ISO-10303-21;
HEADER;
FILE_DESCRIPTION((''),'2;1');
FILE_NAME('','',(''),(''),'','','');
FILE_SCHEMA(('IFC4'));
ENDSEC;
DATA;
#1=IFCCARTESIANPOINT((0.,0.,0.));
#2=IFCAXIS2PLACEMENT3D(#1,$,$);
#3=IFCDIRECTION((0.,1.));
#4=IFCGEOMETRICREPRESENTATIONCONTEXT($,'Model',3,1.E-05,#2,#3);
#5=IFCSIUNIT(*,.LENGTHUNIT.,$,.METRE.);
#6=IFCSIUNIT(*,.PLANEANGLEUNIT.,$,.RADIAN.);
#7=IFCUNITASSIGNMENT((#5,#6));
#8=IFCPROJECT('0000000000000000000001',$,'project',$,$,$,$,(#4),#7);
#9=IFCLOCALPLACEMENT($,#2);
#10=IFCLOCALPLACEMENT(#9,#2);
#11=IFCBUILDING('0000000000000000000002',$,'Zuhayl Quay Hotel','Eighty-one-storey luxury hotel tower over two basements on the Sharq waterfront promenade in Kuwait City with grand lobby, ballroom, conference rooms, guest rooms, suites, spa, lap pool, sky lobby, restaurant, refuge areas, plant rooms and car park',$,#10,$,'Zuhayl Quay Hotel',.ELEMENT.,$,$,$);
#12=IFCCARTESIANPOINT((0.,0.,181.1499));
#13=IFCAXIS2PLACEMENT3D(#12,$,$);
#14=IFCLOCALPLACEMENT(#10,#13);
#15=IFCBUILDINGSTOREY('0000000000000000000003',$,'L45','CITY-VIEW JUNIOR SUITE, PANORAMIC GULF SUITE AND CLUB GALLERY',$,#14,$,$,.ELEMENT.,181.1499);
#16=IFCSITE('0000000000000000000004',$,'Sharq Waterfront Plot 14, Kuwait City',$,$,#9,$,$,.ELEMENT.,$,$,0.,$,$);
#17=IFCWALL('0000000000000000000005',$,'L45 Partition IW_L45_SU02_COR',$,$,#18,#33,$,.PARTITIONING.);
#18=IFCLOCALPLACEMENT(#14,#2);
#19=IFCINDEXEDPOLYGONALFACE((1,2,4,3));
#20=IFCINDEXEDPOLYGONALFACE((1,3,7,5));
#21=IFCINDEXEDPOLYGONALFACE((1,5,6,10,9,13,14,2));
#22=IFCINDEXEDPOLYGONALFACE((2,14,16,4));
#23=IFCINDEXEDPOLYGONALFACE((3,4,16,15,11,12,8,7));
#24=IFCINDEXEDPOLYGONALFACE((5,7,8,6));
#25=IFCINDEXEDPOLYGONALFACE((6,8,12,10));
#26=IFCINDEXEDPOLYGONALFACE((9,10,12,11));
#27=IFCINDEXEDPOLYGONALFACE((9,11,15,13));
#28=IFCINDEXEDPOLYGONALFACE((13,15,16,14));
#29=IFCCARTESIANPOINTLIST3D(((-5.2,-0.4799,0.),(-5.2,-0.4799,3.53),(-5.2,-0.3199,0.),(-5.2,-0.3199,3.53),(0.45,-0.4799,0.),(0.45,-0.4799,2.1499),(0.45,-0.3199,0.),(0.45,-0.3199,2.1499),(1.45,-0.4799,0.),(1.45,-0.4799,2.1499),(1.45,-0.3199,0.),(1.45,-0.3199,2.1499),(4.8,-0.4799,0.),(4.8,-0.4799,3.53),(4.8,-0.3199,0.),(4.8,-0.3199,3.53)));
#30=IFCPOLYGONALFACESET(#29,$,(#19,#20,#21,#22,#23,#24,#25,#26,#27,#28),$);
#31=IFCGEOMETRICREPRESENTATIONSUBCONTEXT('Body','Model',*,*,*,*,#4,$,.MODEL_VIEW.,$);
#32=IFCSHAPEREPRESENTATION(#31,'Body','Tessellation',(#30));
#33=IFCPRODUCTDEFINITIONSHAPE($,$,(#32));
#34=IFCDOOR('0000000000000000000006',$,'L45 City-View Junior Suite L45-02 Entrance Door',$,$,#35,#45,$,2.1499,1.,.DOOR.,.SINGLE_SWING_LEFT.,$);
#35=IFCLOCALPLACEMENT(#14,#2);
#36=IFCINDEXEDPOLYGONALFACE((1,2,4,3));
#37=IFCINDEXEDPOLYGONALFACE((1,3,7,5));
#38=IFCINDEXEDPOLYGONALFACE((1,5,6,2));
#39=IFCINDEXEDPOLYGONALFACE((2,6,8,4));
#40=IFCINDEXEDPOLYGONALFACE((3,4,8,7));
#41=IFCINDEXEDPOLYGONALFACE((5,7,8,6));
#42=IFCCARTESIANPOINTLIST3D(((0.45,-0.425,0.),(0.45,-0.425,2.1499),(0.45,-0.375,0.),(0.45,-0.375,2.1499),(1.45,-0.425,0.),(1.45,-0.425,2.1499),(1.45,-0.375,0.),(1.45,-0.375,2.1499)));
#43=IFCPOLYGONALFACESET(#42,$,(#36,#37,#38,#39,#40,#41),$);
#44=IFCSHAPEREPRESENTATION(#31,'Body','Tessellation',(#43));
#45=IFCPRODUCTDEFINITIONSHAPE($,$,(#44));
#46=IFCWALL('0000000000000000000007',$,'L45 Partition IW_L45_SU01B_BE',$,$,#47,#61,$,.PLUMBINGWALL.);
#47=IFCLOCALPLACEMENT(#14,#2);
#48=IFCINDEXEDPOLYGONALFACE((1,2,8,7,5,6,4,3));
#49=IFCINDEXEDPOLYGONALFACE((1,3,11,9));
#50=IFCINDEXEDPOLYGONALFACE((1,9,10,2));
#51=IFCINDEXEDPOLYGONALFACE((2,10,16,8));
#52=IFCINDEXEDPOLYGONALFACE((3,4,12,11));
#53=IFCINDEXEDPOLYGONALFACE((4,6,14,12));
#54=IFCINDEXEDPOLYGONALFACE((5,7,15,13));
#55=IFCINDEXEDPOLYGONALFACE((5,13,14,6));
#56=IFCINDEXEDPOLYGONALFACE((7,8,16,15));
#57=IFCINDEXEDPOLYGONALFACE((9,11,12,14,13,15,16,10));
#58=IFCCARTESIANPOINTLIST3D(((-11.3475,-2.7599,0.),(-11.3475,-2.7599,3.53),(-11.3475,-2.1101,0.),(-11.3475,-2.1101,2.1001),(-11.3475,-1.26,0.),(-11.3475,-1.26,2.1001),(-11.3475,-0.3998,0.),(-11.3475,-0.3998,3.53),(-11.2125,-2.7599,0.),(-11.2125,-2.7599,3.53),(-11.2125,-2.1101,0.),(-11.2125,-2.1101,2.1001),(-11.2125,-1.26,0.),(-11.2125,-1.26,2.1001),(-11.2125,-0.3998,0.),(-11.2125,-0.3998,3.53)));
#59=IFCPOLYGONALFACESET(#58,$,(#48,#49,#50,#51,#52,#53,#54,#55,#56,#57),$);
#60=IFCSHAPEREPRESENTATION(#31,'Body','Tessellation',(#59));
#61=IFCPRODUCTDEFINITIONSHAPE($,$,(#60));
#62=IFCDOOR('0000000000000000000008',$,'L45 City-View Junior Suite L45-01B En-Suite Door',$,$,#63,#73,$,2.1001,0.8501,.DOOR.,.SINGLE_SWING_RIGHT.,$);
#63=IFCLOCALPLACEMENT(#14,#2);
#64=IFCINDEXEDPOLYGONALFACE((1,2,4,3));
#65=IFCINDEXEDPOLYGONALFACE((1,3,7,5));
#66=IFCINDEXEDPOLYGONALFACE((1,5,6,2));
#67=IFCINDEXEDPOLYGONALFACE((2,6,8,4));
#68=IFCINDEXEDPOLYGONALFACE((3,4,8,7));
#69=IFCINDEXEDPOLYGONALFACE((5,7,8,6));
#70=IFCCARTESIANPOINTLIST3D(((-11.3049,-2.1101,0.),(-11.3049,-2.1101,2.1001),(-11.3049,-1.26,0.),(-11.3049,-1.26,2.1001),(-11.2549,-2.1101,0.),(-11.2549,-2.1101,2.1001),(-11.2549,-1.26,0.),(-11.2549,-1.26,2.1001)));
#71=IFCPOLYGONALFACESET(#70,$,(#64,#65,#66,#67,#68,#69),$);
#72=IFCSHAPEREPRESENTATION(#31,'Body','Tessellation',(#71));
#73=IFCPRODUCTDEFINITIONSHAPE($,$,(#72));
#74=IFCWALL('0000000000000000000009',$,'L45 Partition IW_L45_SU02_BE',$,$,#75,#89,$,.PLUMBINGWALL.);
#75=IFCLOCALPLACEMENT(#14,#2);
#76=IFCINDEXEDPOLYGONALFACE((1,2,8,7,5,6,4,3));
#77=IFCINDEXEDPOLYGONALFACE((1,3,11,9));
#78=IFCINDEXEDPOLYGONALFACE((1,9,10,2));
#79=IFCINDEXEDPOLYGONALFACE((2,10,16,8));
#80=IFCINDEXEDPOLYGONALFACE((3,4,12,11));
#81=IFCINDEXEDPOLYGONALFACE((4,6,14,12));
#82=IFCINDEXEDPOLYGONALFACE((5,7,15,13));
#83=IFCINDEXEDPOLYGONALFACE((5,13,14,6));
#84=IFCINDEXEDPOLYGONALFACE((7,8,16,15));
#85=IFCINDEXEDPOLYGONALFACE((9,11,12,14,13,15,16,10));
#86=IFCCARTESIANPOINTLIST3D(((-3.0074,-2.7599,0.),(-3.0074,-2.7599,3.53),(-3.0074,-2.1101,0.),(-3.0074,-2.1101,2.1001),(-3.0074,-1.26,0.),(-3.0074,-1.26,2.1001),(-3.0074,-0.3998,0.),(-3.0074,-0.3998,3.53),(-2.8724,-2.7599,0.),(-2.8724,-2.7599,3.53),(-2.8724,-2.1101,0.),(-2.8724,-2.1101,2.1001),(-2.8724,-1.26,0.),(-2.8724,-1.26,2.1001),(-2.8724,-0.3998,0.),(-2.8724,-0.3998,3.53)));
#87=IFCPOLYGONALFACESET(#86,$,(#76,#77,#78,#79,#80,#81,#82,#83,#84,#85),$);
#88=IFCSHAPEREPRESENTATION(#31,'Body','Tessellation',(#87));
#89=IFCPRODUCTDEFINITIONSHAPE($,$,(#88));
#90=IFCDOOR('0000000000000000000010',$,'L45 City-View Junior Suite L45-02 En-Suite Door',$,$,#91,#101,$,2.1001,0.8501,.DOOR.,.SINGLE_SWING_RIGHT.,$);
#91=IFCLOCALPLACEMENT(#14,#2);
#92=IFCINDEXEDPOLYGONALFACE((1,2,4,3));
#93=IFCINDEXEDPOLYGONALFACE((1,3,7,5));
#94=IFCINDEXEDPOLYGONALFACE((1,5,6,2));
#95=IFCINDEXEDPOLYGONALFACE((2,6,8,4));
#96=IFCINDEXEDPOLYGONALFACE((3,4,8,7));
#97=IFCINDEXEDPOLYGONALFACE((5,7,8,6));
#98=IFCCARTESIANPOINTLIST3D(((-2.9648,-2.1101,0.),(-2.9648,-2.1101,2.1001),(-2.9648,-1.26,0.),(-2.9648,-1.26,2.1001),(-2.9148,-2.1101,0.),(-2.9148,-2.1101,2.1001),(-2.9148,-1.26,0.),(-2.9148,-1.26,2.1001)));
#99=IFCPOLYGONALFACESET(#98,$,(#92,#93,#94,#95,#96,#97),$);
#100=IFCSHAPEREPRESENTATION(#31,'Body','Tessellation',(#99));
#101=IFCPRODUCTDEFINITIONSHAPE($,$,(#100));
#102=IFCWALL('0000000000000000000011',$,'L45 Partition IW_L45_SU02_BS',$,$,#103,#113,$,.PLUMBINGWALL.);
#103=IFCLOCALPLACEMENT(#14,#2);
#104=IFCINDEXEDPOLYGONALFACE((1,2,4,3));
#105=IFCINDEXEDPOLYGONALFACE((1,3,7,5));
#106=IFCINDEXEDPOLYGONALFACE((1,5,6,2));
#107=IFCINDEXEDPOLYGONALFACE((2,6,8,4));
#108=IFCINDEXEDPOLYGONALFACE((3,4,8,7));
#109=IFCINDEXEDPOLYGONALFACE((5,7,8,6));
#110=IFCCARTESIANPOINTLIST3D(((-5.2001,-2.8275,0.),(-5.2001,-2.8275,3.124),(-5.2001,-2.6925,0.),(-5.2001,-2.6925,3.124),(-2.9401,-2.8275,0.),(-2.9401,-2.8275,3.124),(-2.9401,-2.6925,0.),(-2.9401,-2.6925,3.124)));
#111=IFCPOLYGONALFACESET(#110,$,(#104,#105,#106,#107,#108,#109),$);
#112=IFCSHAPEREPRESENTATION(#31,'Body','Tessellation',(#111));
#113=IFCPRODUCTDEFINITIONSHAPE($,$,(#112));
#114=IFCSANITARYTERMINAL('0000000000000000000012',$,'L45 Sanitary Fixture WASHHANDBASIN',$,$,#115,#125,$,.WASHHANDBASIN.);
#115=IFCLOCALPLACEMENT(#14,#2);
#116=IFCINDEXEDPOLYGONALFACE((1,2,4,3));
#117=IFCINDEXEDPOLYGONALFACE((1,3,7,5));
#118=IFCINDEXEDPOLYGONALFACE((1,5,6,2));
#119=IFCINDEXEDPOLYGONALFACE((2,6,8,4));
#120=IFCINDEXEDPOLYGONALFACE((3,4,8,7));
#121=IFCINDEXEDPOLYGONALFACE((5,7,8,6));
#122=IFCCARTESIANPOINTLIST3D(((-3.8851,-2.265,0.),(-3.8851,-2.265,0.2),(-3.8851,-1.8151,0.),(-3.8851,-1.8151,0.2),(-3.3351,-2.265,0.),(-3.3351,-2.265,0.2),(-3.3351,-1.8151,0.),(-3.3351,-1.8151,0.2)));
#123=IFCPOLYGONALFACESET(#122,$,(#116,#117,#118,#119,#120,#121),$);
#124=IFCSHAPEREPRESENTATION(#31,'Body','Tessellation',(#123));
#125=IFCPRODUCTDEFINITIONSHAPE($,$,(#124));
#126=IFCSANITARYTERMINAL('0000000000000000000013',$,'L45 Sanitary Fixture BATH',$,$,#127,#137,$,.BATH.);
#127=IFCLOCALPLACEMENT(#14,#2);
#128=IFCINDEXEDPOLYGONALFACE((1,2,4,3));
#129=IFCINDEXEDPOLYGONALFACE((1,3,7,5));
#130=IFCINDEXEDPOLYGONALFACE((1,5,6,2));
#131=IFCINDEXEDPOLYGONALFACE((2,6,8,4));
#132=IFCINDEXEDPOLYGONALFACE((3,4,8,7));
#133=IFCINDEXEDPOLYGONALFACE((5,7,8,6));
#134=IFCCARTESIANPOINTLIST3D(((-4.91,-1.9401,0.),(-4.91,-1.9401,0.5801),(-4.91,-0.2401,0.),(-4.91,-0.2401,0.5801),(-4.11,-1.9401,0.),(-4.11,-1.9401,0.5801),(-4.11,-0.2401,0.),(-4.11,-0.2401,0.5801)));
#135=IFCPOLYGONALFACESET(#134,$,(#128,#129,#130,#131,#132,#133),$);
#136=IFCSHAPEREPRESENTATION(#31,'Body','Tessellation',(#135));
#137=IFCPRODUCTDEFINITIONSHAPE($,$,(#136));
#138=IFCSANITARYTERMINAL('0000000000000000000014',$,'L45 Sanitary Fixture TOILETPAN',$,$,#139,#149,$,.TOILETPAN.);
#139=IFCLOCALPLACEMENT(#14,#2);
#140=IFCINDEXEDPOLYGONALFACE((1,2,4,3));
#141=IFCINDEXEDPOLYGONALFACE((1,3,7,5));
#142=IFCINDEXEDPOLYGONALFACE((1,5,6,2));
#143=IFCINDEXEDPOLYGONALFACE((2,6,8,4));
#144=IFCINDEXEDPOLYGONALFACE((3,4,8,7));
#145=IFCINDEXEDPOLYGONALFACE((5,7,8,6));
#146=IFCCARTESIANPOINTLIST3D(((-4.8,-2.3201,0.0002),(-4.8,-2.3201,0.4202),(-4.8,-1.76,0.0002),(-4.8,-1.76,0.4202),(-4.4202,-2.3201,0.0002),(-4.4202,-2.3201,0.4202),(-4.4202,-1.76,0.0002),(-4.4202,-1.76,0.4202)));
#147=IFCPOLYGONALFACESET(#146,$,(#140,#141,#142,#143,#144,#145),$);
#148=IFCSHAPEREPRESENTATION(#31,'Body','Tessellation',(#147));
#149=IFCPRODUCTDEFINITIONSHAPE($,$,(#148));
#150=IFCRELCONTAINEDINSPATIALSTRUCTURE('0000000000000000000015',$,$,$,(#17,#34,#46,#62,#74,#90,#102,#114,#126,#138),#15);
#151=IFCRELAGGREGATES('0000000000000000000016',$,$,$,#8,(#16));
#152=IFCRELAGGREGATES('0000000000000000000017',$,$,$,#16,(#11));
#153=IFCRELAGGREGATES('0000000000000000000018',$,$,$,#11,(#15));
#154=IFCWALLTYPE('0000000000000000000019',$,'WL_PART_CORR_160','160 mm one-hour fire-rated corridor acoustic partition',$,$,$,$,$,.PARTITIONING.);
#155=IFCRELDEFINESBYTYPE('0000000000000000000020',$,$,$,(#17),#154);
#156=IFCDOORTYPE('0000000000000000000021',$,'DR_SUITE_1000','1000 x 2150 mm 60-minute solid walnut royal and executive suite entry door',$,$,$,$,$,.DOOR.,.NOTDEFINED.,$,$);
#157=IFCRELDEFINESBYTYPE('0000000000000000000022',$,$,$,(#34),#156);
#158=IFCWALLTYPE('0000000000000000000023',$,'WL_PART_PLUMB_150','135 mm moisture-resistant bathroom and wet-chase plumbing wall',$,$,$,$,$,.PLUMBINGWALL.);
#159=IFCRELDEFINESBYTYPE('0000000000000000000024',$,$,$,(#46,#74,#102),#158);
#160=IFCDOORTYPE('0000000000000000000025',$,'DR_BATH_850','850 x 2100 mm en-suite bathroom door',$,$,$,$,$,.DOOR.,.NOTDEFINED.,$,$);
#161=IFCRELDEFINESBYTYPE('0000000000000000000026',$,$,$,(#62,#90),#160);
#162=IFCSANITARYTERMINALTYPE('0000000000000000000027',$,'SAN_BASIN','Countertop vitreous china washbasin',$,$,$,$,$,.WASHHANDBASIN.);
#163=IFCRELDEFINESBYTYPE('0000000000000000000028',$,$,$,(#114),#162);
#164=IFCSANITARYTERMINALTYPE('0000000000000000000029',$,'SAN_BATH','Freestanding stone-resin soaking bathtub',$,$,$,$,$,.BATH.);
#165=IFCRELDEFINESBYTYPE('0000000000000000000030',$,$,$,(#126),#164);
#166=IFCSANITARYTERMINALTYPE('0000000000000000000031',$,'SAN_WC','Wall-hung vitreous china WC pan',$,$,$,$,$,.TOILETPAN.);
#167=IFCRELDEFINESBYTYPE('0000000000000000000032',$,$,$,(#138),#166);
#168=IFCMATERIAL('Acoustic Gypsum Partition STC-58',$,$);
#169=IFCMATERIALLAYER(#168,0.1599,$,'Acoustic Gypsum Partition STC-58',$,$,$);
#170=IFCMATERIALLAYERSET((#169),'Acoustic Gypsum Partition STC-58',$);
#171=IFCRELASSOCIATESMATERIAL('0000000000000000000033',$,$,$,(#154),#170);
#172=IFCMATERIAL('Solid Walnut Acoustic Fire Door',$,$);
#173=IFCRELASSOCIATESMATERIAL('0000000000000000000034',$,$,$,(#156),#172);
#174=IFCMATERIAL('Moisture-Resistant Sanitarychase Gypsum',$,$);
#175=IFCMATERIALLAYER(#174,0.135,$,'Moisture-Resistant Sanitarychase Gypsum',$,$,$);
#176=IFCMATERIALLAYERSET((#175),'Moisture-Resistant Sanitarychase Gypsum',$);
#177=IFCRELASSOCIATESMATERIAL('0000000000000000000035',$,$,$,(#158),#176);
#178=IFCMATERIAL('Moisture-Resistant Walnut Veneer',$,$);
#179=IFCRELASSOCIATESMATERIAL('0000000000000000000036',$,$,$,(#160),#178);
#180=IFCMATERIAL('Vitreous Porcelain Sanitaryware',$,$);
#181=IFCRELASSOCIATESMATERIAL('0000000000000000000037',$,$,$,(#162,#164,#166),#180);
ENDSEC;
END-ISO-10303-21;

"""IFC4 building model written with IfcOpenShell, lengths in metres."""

from ifc_helpers import new_model, si_unit, direction, frame, frame_2d, origin, origin_2d, place, context, subcontext, project, spatial, rectangle, extrude, material, layer, layer_set, type_object, element, fill, save


model = new_model("IFC4")

# Units and contexts
model_context = context("Model", 3, precision=1e-05, world=origin(), true_north=direction((0.0, 1.0)))
body_context = subcontext(model_context, "Body", "Model", "MODEL_VIEW")
ifc_project = project(units=[si_unit("LENGTHUNIT", "METRE"), si_unit("PLANEANGLEUNIT", "RADIAN")], contexts=[model_context])

# Site, building, storey
site_placement = place(None, origin())
site = spatial("IfcSite", under=ifc_project, at=site_placement, Name="Sharq Waterfront Plot 14, Kuwait City", CompositionType="ELEMENT", RefElevation=0.0)
building_placement = place(site_placement, origin())
building = spatial("IfcBuilding", under=site, at=building_placement, Name="Zuhayl Quay Hotel", Description="Eighty-one-storey luxury hotel tower over two basements on the Sharq waterfront promenade in Kuwait City with grand lobby, ballroom, conference rooms, guest rooms, suites, spa, lap pool, sky lobby, restaurant, refuge areas, plant rooms and car park", LongName="Zuhayl Quay Hotel", CompositionType="ELEMENT")
storey_placement = place(building_placement, frame((0.0, 0.0, 181.1499)))
storey = spatial("IfcBuildingStorey", under=building, at=storey_placement, Name="L45", Description="CITY-VIEW JUNIOR SUITE, PANORAMIC GULF SUITE AND CLUB GALLERY", CompositionType="ELEMENT", Elevation=181.1499)

# Shared definitions
ifc_material_1 = material(Name="Acoustic Gypsum Partition STC-58")

# Walls, openings, doors
ifc_layer_1 = layer(ifc_material_1, 0.1599, Name="Acoustic Gypsum Partition STC-58")
ifc_layer_set_1 = layer_set([ifc_layer_1], Name="Acoustic Gypsum Partition STC-58")
wall_type_1 = type_object("IfcWallType", Name="WL_PART_CORR_160", Description="160 mm one-hour fire-rated corridor acoustic partition", PredefinedType="PARTITIONING", material=ifc_layer_set_1)
wall_1_placement = place(storey_placement, frame((-5.2, -0.3999, 0.0), z_axis=(0.0, 0.0, 1.0), x_axis=(1.0, 0.0, 0.0)))
wall_1 = element("IfcWall", 1, at=wall_1_placement, inside=storey, type_object=wall_type_1, Name="L45 Partition IW_L45_SU02_COR", PredefinedType="PARTITIONING", context=body_context, shape_type="SweptSolid", body=[
    extrude(rectangle(XDim=10.0, YDim=0.1599, at=frame_2d((5.0, 0.0))), origin(), (0.0, 0.0, 1.0), 3.53),
])
opening_1_placement = place(wall_1_placement, frame((5.6499, 0.0, 0.0)))
opening_1 = element("IfcOpeningElement", 2, at=opening_1_placement, cuts=wall_1, PredefinedType="OPENING", context=body_context, shape_type="SweptSolid", body=[
    extrude(rectangle(XDim=1.0, YDim=2.1499, at=frame_2d((0.5, 1.075))), frame((0.0, 0.0898, 0.0), z_axis=(0.0, -1.0, 0.0), x_axis=(1.0, 0.0, 0.0)), (0.0, 0.0, 1.0), 0.1799),
])
ifc_material_2 = material(Name="Solid Walnut Acoustic Fire Door")
door_type_1 = type_object("IfcDoorType", Name="DR_SUITE_1000", Description="1000 x 2150 mm 60-minute solid walnut royal and executive suite entry door", OperationType="NOTDEFINED", PredefinedType="DOOR", material=ifc_material_2)
door_1_placement = place(opening_1_placement, origin())
door_1 = element("IfcDoor", 3, at=door_1_placement, inside=storey, type_object=door_type_1, Name="L45 City-View Junior Suite L45-02 Entrance Door", OperationType="SINGLE_SWING_LEFT", OverallHeight=2.1499, OverallWidth=1.0, PredefinedType="DOOR", context=body_context, shape_type="SweptSolid", body=[
    extrude(rectangle(XDim=1.0, YDim=2.1499, at=frame_2d((0.5, 1.075))), frame((0.0, 0.0249, 0.0), z_axis=(0.0, -1.0, 0.0), x_axis=(1.0, 0.0, 0.0)), (0.0, 0.0, 1.0), 0.05),
])
fill(opening_1, door_1)
ifc_material_3 = material(Name="Moisture-Resistant Sanitarychase Gypsum")
ifc_layer_2 = layer(ifc_material_3, 0.135, Name="Moisture-Resistant Sanitarychase Gypsum")
ifc_layer_set_2 = layer_set([ifc_layer_2], Name="Moisture-Resistant Sanitarychase Gypsum")
wall_type_2 = type_object("IfcWallType", Name="WL_PART_PLUMB_150", Description="135 mm moisture-resistant bathroom and wet-chase plumbing wall", PredefinedType="PLUMBINGWALL", material=ifc_layer_set_2)
wall_2_placement = place(storey_placement, frame((-11.28, -2.76, 0.0), z_axis=(0.0, 0.0, 1.0), x_axis=(0.0, 1.0, 0.0)))
wall_2 = element("IfcWall", 4, at=wall_2_placement, inside=storey, type_object=wall_type_2, Name="L45 Partition IW_L45_SU01B_BE", PredefinedType="PLUMBINGWALL", context=body_context, shape_type="SweptSolid", body=[
    extrude(rectangle(XDim=2.3601, YDim=0.135, at=frame_2d((1.1802, 0.0))), origin(), (0.0, 0.0, 1.0), 3.53),
])
opening_2_placement = place(wall_2_placement, frame((0.6499, 0.0, 0.0)))
opening_2 = element("IfcOpeningElement", 5, at=opening_2_placement, cuts=wall_2, PredefinedType="OPENING", context=body_context, shape_type="SweptSolid", body=[
    extrude(rectangle(XDim=0.8501, YDim=2.1001, at=frame_2d((0.425, 1.05))), frame((0.0, 0.0774, 0.0), z_axis=(0.0, -1.0, 0.0), x_axis=(1.0, 0.0, 0.0)), (0.0, 0.0, 1.0), 0.155),
])
ifc_material_4 = material(Name="Moisture-Resistant Walnut Veneer")
door_type_2 = type_object("IfcDoorType", Name="DR_BATH_850", Description="850 x 2100 mm en-suite bathroom door", OperationType="NOTDEFINED", PredefinedType="DOOR", material=ifc_material_4)
door_2_placement = place(opening_2_placement, origin())
door_2 = element("IfcDoor", 6, at=door_2_placement, inside=storey, type_object=door_type_2, Name="L45 City-View Junior Suite L45-01B En-Suite Door", OperationType="SINGLE_SWING_RIGHT", OverallHeight=2.1001, OverallWidth=0.8501, PredefinedType="DOOR", context=body_context, shape_type="SweptSolid", body=[
    extrude(rectangle(XDim=0.8501, YDim=2.1001, at=frame_2d((0.425, 1.05))), frame((0.0, 0.0249, 0.0), z_axis=(0.0, -1.0, 0.0), x_axis=(1.0, 0.0, 0.0)), (0.0, 0.0, 1.0), 0.05),
])
fill(opening_2, door_2)
wall_3_placement = place(storey_placement, frame((-2.9399, -2.76, 0.0), z_axis=(0.0, 0.0, 1.0), x_axis=(0.0, 1.0, 0.0)))
wall_3 = element("IfcWall", 7, at=wall_3_placement, inside=storey, type_object=wall_type_2, Name="L45 Partition IW_L45_SU02_BE", PredefinedType="PLUMBINGWALL", context=body_context, shape_type="SweptSolid", body=[
    extrude(rectangle(XDim=2.3601, YDim=0.135, at=frame_2d((1.1802, 0.0))), origin(), (0.0, 0.0, 1.0), 3.53),
])
opening_3_placement = place(wall_3_placement, frame((0.6499, 0.0, 0.0)))
opening_3 = element("IfcOpeningElement", 8, at=opening_3_placement, cuts=wall_3, PredefinedType="OPENING", context=body_context, shape_type="SweptSolid", body=[
    extrude(rectangle(XDim=0.8501, YDim=2.1001, at=frame_2d((0.425, 1.05))), frame((0.0, 0.0774, 0.0), z_axis=(0.0, -1.0, 0.0), x_axis=(1.0, 0.0, 0.0)), (0.0, 0.0, 1.0), 0.155),
])
door_3_placement = place(opening_3_placement, origin())
door_3 = element("IfcDoor", 9, at=door_3_placement, inside=storey, type_object=door_type_2, Name="L45 City-View Junior Suite L45-02 En-Suite Door", OperationType="SINGLE_SWING_RIGHT", OverallHeight=2.1001, OverallWidth=0.8501, PredefinedType="DOOR", context=body_context, shape_type="SweptSolid", body=[
    extrude(rectangle(XDim=0.8501, YDim=2.1001, at=frame_2d((0.425, 1.05))), frame((0.0, 0.0249, 0.0), z_axis=(0.0, -1.0, 0.0), x_axis=(1.0, 0.0, 0.0)), (0.0, 0.0, 1.0), 0.05),
])
fill(opening_3, door_3)

# Wall
wall_4_placement = place(storey_placement, frame((-5.2, -2.76, 0.0), z_axis=(0.0, 0.0, 1.0), x_axis=(1.0, 0.0, 0.0)))
element("IfcWall", 10, at=wall_4_placement, inside=storey, type_object=wall_type_2, Name="L45 Partition IW_L45_SU02_BS", PredefinedType="PLUMBINGWALL", context=body_context, shape_type="SweptSolid", body=[
    extrude(rectangle(XDim=2.26, YDim=0.135, at=frame_2d((1.1299, 0.0))), origin(), (0.0, 0.0, 1.0), 3.124),
])

# Sanitary terminals
ifc_material_5 = material(Name="Vitreous Porcelain Sanitaryware")
sanitary_terminal_type_1 = type_object("IfcSanitaryTerminalType", Name="SAN_BASIN", Description="Countertop vitreous china washbasin", PredefinedType="WASHHANDBASIN", material=ifc_material_5)
sanitary_terminal_1_placement = place(storey_placement, frame((-3.6101, -2.04, 0.0), z_axis=(0.0, 0.0, 1.0), x_axis=(1.0, 0.0, 0.0)))
element("IfcSanitaryTerminal", 11, at=sanitary_terminal_1_placement, inside=storey, type_object=sanitary_terminal_type_1, Name="L45 Sanitary Fixture WASHHANDBASIN", PredefinedType="WASHHANDBASIN", context=body_context, shape_type="SweptSolid", body=[
    extrude(rectangle(XDim=0.55, YDim=0.45, at=origin_2d()), origin(), (0.0, 0.0, 1.0), 0.2),
])
sanitary_terminal_type_2 = type_object("IfcSanitaryTerminalType", Name="SAN_BATH", Description="Freestanding stone-resin soaking bathtub", PredefinedType="BATH", material=ifc_material_5)
sanitary_terminal_2_placement = place(storey_placement, frame((-4.51, -1.0901, 0.0), z_axis=(0.0, 0.0, 1.0), x_axis=(1.0, 0.0, 0.0)))
element("IfcSanitaryTerminal", 12, at=sanitary_terminal_2_placement, inside=storey, type_object=sanitary_terminal_type_2, Name="L45 Sanitary Fixture BATH", PredefinedType="BATH", context=body_context, shape_type="SweptSolid", body=[
    extrude(rectangle(XDim=0.8, YDim=1.7, at=origin_2d()), origin(), (0.0, 0.0, 1.0), 0.5801),
])
sanitary_terminal_type_3 = type_object("IfcSanitaryTerminalType", Name="SAN_WC", Description="Wall-hung vitreous china WC pan", PredefinedType="TOILETPAN", material=ifc_material_5)
sanitary_terminal_3_placement = place(storey_placement, frame((-4.6101, -2.04, 0.0002), z_axis=(0.0, 0.0, 1.0), x_axis=(1.0, 0.0, 0.0)))
element("IfcSanitaryTerminal", 13, at=sanitary_terminal_3_placement, inside=storey, type_object=sanitary_terminal_type_3, Name="L45 Sanitary Fixture TOILETPAN", PredefinedType="TOILETPAN", context=body_context, shape_type="SweptSolid", body=[
    extrude(rectangle(XDim=0.3799, YDim=0.5601, at=origin_2d()), origin(), (0.0, 0.0, 1.0), 0.4199),
])

save(model, "model.ifc")
